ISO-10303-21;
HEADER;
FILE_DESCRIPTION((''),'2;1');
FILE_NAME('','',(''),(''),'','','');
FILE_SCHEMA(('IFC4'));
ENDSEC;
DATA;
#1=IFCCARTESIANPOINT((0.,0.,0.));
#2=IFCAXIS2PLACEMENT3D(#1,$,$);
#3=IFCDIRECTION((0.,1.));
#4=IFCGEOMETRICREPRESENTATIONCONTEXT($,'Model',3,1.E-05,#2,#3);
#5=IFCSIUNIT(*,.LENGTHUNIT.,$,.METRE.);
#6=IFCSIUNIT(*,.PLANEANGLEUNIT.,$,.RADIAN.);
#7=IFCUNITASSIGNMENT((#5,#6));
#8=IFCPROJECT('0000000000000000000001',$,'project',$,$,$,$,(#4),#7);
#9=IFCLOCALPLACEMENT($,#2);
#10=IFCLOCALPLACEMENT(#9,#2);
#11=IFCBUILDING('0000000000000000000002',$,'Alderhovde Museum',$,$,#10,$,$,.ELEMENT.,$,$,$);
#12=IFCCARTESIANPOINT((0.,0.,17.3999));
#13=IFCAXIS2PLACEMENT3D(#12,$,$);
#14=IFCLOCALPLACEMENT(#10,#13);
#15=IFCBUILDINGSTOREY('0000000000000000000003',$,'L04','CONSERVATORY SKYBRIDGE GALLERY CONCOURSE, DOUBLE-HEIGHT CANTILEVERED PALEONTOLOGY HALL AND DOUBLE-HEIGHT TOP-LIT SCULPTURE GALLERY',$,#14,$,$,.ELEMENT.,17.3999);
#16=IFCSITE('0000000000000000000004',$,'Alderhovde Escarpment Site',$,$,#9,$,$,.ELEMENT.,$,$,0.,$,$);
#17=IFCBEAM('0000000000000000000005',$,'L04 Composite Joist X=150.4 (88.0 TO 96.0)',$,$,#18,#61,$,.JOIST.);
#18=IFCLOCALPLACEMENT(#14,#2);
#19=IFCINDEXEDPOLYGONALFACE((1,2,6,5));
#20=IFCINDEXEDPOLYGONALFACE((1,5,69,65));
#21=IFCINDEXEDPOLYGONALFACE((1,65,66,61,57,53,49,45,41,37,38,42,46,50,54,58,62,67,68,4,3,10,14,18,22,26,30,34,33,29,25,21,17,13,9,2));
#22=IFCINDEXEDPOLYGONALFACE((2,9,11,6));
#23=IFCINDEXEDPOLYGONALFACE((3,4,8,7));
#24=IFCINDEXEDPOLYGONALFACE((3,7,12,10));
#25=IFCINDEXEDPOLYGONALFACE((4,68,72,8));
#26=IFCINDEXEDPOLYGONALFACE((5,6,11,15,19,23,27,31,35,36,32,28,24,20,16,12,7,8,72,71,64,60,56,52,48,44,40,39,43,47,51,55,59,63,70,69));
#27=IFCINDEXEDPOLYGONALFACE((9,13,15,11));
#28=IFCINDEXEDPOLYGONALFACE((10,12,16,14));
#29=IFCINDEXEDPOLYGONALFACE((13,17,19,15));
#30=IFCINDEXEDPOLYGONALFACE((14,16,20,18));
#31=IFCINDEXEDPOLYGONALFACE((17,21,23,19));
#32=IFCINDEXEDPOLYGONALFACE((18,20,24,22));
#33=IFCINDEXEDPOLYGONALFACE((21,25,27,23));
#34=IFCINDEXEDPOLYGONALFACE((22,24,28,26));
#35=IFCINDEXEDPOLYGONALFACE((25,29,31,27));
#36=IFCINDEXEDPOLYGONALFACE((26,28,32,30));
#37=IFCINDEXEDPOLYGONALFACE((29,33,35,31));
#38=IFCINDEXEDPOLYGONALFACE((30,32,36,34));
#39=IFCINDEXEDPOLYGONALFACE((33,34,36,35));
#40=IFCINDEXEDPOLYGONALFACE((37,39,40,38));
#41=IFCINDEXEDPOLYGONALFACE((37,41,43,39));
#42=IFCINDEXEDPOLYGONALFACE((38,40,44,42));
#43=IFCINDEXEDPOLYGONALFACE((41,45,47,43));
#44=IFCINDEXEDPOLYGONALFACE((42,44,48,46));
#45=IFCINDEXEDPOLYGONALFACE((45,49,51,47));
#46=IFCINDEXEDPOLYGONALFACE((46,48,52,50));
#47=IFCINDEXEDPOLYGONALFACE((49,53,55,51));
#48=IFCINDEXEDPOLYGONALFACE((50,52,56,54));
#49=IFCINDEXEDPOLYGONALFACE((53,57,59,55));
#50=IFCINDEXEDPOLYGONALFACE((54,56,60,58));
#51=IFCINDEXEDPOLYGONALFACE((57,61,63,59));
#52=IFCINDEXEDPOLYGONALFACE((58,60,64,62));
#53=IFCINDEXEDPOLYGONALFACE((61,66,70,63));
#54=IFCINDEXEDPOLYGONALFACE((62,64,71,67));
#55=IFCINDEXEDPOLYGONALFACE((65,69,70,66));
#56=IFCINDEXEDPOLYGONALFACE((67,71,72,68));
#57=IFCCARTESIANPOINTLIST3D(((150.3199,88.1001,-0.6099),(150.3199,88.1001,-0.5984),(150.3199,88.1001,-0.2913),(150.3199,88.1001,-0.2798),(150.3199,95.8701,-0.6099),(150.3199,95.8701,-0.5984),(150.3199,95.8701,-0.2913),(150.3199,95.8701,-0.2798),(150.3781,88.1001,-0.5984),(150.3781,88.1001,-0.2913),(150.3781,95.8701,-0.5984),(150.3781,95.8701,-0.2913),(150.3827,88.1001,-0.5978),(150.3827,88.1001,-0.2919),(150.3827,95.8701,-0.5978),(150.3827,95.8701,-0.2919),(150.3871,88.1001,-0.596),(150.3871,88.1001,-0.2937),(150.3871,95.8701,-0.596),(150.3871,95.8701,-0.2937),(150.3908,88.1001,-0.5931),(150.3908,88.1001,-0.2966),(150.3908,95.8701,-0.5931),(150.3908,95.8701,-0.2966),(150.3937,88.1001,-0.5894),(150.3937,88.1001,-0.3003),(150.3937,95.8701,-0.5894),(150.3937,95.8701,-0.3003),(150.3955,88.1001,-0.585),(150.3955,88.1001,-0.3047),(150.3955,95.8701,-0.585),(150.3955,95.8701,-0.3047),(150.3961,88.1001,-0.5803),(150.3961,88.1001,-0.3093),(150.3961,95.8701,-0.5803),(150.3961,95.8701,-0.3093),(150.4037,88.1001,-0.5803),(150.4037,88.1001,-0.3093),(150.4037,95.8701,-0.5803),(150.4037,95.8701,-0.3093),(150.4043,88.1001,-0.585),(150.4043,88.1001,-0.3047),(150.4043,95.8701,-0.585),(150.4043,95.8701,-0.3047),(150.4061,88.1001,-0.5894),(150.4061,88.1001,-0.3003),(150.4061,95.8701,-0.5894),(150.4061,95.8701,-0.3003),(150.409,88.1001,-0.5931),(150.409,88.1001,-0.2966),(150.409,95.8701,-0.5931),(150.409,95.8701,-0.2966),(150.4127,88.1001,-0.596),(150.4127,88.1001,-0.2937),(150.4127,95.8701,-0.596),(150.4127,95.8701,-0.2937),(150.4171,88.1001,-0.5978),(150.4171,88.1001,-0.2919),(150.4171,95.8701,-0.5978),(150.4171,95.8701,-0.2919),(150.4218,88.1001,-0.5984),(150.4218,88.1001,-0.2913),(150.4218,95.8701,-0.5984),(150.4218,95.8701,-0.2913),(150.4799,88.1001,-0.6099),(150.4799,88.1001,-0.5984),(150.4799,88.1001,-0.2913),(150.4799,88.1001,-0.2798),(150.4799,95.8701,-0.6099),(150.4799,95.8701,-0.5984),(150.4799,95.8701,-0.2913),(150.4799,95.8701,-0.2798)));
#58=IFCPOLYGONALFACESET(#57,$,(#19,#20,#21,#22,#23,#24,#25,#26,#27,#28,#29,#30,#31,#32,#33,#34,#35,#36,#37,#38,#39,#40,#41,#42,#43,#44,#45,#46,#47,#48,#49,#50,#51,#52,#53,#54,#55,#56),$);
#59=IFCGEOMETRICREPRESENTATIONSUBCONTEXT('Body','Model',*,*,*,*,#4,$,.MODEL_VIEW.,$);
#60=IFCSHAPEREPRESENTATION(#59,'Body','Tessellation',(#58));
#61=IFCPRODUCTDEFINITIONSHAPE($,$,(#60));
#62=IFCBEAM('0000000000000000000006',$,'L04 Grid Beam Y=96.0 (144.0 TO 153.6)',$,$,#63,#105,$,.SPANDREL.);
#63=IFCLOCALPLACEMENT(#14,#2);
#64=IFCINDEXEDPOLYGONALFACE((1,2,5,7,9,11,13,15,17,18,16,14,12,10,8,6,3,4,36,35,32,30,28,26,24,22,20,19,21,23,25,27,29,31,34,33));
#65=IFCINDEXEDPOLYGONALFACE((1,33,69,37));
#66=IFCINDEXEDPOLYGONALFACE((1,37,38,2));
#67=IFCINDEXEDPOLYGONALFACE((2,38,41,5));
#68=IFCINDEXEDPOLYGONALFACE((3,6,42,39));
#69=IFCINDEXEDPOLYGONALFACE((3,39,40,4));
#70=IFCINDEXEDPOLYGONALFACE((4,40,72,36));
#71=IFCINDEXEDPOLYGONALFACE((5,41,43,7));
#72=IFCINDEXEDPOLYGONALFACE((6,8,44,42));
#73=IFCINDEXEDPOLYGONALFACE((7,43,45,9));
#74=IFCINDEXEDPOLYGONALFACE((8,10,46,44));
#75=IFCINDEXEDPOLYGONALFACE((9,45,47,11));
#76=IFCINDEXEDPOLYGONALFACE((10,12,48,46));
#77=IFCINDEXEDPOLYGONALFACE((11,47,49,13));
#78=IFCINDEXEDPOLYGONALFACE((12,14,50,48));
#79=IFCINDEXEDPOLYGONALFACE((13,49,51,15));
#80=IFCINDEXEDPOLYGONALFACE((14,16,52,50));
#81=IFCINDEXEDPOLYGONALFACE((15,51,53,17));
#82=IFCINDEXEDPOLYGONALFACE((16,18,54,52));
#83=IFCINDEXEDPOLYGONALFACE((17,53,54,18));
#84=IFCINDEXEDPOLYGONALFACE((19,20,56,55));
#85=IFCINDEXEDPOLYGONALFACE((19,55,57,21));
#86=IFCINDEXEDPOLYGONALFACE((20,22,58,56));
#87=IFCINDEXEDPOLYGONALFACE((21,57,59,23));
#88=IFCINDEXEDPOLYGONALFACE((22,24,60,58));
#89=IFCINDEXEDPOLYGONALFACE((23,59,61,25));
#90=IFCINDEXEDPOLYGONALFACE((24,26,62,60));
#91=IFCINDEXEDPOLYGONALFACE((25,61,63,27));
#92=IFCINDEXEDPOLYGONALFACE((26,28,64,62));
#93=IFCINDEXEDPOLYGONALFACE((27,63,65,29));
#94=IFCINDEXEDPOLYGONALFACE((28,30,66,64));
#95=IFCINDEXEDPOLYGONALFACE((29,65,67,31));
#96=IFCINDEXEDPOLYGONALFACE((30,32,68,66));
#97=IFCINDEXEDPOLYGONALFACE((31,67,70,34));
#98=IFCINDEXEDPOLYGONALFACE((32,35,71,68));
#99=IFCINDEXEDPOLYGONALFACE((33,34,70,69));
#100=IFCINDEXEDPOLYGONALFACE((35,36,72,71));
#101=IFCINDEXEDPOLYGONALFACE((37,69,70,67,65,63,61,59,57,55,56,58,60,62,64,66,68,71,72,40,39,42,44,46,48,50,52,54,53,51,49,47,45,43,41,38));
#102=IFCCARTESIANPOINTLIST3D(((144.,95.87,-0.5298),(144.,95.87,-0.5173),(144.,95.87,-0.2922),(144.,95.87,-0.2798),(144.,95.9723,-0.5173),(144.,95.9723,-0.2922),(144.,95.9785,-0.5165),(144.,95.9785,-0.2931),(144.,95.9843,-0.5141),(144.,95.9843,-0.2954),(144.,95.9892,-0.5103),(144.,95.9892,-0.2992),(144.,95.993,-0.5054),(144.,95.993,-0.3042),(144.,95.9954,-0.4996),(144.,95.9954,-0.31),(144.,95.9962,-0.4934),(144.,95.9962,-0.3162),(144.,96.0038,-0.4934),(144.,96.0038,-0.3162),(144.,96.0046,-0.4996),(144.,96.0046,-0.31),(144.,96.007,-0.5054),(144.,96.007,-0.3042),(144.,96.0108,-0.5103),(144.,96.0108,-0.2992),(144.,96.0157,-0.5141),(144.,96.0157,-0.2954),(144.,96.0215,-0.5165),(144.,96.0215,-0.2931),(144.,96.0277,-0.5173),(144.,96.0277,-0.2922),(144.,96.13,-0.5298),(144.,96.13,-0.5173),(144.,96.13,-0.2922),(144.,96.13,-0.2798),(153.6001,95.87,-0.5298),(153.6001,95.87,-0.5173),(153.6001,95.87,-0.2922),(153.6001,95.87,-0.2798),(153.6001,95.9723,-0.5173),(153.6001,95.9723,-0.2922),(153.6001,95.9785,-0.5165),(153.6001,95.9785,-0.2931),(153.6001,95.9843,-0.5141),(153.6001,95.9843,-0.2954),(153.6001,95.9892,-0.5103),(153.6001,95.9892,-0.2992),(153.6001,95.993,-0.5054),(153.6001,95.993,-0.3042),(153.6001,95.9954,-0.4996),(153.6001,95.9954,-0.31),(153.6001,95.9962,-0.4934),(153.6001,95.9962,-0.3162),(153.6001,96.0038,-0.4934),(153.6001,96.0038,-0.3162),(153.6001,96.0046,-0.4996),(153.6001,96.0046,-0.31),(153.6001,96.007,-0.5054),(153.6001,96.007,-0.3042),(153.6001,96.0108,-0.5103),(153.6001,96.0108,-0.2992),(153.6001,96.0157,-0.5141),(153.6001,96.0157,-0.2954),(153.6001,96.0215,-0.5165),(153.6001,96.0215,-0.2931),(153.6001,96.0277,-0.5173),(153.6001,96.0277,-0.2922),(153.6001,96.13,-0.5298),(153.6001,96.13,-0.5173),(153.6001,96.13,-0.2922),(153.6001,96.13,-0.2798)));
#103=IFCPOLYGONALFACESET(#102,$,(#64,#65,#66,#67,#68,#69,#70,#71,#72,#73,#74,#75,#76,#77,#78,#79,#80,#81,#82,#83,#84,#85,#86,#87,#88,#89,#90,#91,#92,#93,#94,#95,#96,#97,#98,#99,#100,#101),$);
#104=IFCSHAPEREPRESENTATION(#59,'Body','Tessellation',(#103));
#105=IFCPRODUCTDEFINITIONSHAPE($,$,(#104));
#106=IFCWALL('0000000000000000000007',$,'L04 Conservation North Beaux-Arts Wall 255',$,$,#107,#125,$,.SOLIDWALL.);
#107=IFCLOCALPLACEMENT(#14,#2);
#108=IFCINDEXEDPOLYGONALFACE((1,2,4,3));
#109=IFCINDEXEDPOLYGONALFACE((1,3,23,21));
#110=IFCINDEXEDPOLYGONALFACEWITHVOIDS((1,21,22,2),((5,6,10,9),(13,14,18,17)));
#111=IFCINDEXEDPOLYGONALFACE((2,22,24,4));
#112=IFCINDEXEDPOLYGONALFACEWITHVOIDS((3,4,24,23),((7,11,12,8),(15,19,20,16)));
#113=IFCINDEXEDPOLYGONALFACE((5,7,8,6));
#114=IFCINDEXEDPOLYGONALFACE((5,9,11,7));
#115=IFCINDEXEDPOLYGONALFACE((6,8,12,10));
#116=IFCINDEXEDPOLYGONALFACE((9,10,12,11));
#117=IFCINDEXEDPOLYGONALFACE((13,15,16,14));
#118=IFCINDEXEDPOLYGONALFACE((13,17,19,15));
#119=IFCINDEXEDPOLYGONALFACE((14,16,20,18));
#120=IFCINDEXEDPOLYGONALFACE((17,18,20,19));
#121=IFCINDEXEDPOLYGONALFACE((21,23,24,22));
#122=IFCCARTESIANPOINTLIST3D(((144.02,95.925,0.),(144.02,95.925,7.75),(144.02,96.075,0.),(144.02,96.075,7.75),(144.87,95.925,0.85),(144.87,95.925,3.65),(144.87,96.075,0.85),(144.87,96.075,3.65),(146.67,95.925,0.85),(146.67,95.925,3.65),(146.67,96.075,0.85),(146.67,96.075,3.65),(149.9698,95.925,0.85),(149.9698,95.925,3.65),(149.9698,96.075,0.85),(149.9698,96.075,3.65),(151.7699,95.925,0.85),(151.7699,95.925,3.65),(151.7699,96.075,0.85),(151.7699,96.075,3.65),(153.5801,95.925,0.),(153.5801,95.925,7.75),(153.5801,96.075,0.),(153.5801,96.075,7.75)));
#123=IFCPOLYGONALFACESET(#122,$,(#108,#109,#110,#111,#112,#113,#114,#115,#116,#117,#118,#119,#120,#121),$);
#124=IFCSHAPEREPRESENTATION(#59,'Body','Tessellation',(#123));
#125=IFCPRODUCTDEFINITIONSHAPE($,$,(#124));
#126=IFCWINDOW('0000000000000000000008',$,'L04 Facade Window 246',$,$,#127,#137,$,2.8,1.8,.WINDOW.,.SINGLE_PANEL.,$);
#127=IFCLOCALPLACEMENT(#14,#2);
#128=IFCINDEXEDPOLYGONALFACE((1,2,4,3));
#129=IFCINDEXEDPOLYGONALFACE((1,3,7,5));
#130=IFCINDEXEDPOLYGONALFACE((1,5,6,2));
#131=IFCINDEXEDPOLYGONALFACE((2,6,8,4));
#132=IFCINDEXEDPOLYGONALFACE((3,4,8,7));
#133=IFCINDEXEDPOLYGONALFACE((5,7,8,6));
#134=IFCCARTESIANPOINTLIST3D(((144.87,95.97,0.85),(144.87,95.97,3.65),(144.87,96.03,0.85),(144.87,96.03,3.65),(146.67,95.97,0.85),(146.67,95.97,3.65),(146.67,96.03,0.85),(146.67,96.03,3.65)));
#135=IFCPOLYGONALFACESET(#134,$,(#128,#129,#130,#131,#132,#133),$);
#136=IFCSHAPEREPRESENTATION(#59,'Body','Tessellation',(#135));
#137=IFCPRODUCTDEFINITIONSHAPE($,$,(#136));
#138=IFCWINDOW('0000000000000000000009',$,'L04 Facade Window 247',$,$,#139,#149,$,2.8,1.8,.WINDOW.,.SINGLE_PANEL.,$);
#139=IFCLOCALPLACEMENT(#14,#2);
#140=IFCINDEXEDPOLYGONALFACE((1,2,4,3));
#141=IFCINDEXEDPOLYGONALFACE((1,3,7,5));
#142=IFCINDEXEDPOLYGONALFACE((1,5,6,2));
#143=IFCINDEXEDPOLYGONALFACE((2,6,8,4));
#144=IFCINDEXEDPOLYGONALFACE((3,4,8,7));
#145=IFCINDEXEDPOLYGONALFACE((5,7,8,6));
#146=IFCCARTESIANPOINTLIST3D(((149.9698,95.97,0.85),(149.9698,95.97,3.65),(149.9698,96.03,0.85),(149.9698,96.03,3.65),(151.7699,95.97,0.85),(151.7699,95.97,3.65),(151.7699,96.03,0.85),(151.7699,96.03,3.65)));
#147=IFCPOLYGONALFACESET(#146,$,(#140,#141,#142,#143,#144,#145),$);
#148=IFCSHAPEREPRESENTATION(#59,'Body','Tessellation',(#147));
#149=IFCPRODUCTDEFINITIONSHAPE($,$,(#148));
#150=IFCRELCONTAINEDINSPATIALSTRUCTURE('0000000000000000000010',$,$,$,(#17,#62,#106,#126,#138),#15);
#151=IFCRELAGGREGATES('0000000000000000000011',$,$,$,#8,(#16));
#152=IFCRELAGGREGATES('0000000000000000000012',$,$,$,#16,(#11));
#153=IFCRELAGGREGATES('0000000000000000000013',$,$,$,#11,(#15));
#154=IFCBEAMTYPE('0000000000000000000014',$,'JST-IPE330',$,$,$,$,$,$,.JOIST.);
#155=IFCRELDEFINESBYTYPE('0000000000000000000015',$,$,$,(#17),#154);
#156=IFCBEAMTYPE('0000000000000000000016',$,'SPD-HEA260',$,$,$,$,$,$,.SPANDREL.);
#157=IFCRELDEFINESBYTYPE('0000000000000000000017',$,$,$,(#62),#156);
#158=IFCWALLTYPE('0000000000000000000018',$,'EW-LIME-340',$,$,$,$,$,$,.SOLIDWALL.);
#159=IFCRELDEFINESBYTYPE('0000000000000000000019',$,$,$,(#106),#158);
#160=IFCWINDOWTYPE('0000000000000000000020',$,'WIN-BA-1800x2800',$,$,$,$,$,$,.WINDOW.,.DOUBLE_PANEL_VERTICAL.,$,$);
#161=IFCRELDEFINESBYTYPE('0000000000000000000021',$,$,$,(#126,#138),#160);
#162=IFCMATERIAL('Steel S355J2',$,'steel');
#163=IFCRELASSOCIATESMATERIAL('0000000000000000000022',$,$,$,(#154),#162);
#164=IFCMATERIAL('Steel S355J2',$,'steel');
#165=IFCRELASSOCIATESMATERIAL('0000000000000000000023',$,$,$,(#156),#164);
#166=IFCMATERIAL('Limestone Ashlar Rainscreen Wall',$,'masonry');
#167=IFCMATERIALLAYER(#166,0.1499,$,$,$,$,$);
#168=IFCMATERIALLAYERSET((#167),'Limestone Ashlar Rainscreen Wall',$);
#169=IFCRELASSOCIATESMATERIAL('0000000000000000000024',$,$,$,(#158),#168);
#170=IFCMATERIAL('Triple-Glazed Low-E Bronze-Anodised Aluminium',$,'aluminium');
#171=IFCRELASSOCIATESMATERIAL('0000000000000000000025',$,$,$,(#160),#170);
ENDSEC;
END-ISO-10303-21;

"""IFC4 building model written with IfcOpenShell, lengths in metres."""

from ifc_helpers import new_model, si_unit, direction, frame, frame_2d, origin, origin_2d, place, context, subcontext, project, spatial, rectangle, i_section, extrude, material, layer, layer_set, material_profile, profile_set, type_object, element, fill, save


model = new_model("IFC4")

# Units and contexts
model_context = context("Model", 3, precision=1e-05, world=origin(), true_north=direction((0.0, 1.0)))
body_context = subcontext(model_context, "Body", "Model", "MODEL_VIEW")
ifc_project = project(units=[si_unit("LENGTHUNIT", "METRE"), si_unit("PLANEANGLEUNIT", "RADIAN")], contexts=[model_context])

# Site, building, storey
site_placement = place(None, origin())
site = spatial("IfcSite", under=ifc_project, at=site_placement, Name="Alderhovde Escarpment Site", CompositionType="ELEMENT", RefElevation=0.0)
building_placement = place(site_placement, origin())
building = spatial("IfcBuilding", under=site, at=building_placement, Name="Alderhovde Museum", CompositionType="ELEMENT")
storey_placement = place(building_placement, frame((0.0, 0.0, 17.3999)))
storey = spatial("IfcBuildingStorey", under=building, at=storey_placement, Name="L04", Description="CONSERVATORY SKYBRIDGE GALLERY CONCOURSE, DOUBLE-HEIGHT CANTILEVERED PALEONTOLOGY HALL AND DOUBLE-HEIGHT TOP-LIT SCULPTURE GALLERY", CompositionType="ELEMENT", Elevation=17.3999)

# Beams
ifc_material_1 = material(Name="Steel S355J2", Category="steel")
ifc_material_profile_1 = material_profile(ifc_material_1, i_section(OverallWidth=0.1599, OverallDepth=0.3301, WebThickness=0.0076, FlangeThickness=0.0115, FilletRadius=0.0181, at=origin_2d()), Name="IPE 330")
ifc_profile_set_1 = profile_set([ifc_material_profile_1], Name="Steel S355J2")
beam_type_1 = type_object("IfcBeamType", Name="JST-IPE330", PredefinedType="JOIST", material=ifc_profile_set_1)
for number, where, z_axis, x_axis, name in (
    (1, (150.3999, 88.1001, -0.4448), (0.0, 1.0, 0.0), (-1.0, 0.0, 0.0), "L04 Composite Joist X=150.4 (88.0 TO 96.0)"),
):
    element("IfcBeam", number, at=place(storey_placement, frame(where, z_axis=z_axis, x_axis=x_axis)), inside=storey, type_object=beam_type_1, Name=name, PredefinedType="JOIST", context=body_context, shape_type="SweptSolid", body=[
        extrude(i_section(OverallWidth=0.1599, OverallDepth=0.3301, WebThickness=0.0076, FlangeThickness=0.0115, FilletRadius=0.0181, at=origin_2d()), origin(), (0.0, 0.0, 1.0), 7.77),
    ])
ifc_material_2 = material(Name="Steel S355J2", Category="steel")
ifc_material_profile_2 = material_profile(ifc_material_2, i_section(OverallWidth=0.26, OverallDepth=0.25, WebThickness=0.0076, FlangeThickness=0.0125, FilletRadius=0.0239, at=origin_2d()), Name="HEA 260")
ifc_profile_set_2 = profile_set([ifc_material_profile_2], Name="Steel S355J2")
beam_type_2 = type_object("IfcBeamType", Name="SPD-HEA260", PredefinedType="SPANDREL", material=ifc_profile_set_2)
beam_1_placement = place(storey_placement, frame((144.0, 96.0, -0.4048), z_axis=(1.0, 0.0, 0.0), x_axis=(0.0, 1.0, 0.0)))
element("IfcBeam", 2, at=beam_1_placement, inside=storey, type_object=beam_type_2, Name="L04 Grid Beam Y=96.0 (144.0 TO 153.6)", PredefinedType="SPANDREL", context=body_context, shape_type="SweptSolid", body=[
    extrude(i_section(OverallWidth=0.26, OverallDepth=0.25, WebThickness=0.0076, FlangeThickness=0.0125, FilletRadius=0.0239, at=origin_2d()), origin(), (0.0, 0.0, 1.0), 9.6001),
])

# Wall, openings, windows
ifc_material_3 = material(Name="Limestone Ashlar Rainscreen Wall", Category="masonry")
ifc_layer = layer(ifc_material_3, 0.1499)
ifc_layer_set = layer_set([ifc_layer], Name="Limestone Ashlar Rainscreen Wall")
wall_type = type_object("IfcWallType", Name="EW-LIME-340", PredefinedType="SOLIDWALL", material=ifc_layer_set)
wall_1_placement = place(storey_placement, frame((144.02, 96.0, 0.0), z_axis=(0.0, 0.0, 1.0), x_axis=(1.0, 0.0, 0.0)))
wall_1 = element("IfcWall", 3, at=wall_1_placement, inside=storey, type_object=wall_type, Name="L04 Conservation North Beaux-Arts Wall 255", PredefinedType="SOLIDWALL", context=body_context, shape_type="SweptSolid", body=[
    extrude(rectangle(XDim=9.5601, YDim=0.1499, at=frame_2d((4.78, 0.0))), origin(), (0.0, 0.0, 1.0), 7.75),
])
opening_1_placement = place(wall_1_placement, frame((0.8501, 0.0, 0.8501)))
opening_1 = element("IfcOpeningElement", 4, at=opening_1_placement, cuts=wall_1, PredefinedType="OPENING", context=body_context, shape_type="SweptSolid", body=[
    extrude(rectangle(XDim=1.8, YDim=2.8, at=frame_2d((0.8999, 1.3999))), frame((0.0, 0.085, 0.0), z_axis=(0.0, -1.0, 0.0), x_axis=(1.0, 0.0, 0.0)), (0.0, 0.0, 1.0), 0.1699),
])
opening_2_placement = place(wall_1_placement, frame((5.95, 0.0, 0.8501)))
opening_2 = element("IfcOpeningElement", 5, at=opening_2_placement, cuts=wall_1, PredefinedType="OPENING", context=body_context, shape_type="SweptSolid", body=[
    extrude(rectangle(XDim=1.8, YDim=2.8, at=frame_2d((0.8999, 1.3999))), frame((0.0, 0.085, 0.0), z_axis=(0.0, -1.0, 0.0), x_axis=(1.0, 0.0, 0.0)), (0.0, 0.0, 1.0), 0.1699),
])
ifc_material_4 = material(Name="Triple-Glazed Low-E Bronze-Anodised Aluminium", Category="aluminium")
window_type_1 = type_object("IfcWindowType", Name="WIN-BA-1800x2800", PartitioningType="DOUBLE_PANEL_VERTICAL", PredefinedType="WINDOW", material=ifc_material_4)
window_1_placement = place(opening_1_placement, origin())
window_1 = element("IfcWindow", 6, at=window_1_placement, inside=storey, type_object=window_type_1, Name="L04 Facade Window 246", OverallHeight=2.8, OverallWidth=1.8, PartitioningType="SINGLE_PANEL", PredefinedType="WINDOW", context=body_context, shape_type="SweptSolid", body=[
    extrude(rectangle(XDim=1.8, YDim=2.8, at=frame_2d((0.8999, 1.3999))), frame((0.0, 0.03, 0.0), z_axis=(0.0, -1.0, 0.0), x_axis=(1.0, 0.0, 0.0)), (0.0, 0.0, 1.0), 0.0601),
])
fill(opening_1, window_1)
window_2_placement = place(opening_2_placement, origin())
window_2 = element("IfcWindow", 7, at=window_2_placement, inside=storey, type_object=window_type_1, Name="L04 Facade Window 247", OverallHeight=2.8, OverallWidth=1.8, PartitioningType="SINGLE_PANEL", PredefinedType="WINDOW", context=body_context, shape_type="SweptSolid", body=[
    extrude(rectangle(XDim=1.8, YDim=2.8, at=frame_2d((0.8999, 1.3999))), frame((0.0, 0.03, 0.0), z_axis=(0.0, -1.0, 0.0), x_axis=(1.0, 0.0, 0.0)), (0.0, 0.0, 1.0), 0.0601),
])
fill(opening_2, window_2)

save(model, "model.ifc")
